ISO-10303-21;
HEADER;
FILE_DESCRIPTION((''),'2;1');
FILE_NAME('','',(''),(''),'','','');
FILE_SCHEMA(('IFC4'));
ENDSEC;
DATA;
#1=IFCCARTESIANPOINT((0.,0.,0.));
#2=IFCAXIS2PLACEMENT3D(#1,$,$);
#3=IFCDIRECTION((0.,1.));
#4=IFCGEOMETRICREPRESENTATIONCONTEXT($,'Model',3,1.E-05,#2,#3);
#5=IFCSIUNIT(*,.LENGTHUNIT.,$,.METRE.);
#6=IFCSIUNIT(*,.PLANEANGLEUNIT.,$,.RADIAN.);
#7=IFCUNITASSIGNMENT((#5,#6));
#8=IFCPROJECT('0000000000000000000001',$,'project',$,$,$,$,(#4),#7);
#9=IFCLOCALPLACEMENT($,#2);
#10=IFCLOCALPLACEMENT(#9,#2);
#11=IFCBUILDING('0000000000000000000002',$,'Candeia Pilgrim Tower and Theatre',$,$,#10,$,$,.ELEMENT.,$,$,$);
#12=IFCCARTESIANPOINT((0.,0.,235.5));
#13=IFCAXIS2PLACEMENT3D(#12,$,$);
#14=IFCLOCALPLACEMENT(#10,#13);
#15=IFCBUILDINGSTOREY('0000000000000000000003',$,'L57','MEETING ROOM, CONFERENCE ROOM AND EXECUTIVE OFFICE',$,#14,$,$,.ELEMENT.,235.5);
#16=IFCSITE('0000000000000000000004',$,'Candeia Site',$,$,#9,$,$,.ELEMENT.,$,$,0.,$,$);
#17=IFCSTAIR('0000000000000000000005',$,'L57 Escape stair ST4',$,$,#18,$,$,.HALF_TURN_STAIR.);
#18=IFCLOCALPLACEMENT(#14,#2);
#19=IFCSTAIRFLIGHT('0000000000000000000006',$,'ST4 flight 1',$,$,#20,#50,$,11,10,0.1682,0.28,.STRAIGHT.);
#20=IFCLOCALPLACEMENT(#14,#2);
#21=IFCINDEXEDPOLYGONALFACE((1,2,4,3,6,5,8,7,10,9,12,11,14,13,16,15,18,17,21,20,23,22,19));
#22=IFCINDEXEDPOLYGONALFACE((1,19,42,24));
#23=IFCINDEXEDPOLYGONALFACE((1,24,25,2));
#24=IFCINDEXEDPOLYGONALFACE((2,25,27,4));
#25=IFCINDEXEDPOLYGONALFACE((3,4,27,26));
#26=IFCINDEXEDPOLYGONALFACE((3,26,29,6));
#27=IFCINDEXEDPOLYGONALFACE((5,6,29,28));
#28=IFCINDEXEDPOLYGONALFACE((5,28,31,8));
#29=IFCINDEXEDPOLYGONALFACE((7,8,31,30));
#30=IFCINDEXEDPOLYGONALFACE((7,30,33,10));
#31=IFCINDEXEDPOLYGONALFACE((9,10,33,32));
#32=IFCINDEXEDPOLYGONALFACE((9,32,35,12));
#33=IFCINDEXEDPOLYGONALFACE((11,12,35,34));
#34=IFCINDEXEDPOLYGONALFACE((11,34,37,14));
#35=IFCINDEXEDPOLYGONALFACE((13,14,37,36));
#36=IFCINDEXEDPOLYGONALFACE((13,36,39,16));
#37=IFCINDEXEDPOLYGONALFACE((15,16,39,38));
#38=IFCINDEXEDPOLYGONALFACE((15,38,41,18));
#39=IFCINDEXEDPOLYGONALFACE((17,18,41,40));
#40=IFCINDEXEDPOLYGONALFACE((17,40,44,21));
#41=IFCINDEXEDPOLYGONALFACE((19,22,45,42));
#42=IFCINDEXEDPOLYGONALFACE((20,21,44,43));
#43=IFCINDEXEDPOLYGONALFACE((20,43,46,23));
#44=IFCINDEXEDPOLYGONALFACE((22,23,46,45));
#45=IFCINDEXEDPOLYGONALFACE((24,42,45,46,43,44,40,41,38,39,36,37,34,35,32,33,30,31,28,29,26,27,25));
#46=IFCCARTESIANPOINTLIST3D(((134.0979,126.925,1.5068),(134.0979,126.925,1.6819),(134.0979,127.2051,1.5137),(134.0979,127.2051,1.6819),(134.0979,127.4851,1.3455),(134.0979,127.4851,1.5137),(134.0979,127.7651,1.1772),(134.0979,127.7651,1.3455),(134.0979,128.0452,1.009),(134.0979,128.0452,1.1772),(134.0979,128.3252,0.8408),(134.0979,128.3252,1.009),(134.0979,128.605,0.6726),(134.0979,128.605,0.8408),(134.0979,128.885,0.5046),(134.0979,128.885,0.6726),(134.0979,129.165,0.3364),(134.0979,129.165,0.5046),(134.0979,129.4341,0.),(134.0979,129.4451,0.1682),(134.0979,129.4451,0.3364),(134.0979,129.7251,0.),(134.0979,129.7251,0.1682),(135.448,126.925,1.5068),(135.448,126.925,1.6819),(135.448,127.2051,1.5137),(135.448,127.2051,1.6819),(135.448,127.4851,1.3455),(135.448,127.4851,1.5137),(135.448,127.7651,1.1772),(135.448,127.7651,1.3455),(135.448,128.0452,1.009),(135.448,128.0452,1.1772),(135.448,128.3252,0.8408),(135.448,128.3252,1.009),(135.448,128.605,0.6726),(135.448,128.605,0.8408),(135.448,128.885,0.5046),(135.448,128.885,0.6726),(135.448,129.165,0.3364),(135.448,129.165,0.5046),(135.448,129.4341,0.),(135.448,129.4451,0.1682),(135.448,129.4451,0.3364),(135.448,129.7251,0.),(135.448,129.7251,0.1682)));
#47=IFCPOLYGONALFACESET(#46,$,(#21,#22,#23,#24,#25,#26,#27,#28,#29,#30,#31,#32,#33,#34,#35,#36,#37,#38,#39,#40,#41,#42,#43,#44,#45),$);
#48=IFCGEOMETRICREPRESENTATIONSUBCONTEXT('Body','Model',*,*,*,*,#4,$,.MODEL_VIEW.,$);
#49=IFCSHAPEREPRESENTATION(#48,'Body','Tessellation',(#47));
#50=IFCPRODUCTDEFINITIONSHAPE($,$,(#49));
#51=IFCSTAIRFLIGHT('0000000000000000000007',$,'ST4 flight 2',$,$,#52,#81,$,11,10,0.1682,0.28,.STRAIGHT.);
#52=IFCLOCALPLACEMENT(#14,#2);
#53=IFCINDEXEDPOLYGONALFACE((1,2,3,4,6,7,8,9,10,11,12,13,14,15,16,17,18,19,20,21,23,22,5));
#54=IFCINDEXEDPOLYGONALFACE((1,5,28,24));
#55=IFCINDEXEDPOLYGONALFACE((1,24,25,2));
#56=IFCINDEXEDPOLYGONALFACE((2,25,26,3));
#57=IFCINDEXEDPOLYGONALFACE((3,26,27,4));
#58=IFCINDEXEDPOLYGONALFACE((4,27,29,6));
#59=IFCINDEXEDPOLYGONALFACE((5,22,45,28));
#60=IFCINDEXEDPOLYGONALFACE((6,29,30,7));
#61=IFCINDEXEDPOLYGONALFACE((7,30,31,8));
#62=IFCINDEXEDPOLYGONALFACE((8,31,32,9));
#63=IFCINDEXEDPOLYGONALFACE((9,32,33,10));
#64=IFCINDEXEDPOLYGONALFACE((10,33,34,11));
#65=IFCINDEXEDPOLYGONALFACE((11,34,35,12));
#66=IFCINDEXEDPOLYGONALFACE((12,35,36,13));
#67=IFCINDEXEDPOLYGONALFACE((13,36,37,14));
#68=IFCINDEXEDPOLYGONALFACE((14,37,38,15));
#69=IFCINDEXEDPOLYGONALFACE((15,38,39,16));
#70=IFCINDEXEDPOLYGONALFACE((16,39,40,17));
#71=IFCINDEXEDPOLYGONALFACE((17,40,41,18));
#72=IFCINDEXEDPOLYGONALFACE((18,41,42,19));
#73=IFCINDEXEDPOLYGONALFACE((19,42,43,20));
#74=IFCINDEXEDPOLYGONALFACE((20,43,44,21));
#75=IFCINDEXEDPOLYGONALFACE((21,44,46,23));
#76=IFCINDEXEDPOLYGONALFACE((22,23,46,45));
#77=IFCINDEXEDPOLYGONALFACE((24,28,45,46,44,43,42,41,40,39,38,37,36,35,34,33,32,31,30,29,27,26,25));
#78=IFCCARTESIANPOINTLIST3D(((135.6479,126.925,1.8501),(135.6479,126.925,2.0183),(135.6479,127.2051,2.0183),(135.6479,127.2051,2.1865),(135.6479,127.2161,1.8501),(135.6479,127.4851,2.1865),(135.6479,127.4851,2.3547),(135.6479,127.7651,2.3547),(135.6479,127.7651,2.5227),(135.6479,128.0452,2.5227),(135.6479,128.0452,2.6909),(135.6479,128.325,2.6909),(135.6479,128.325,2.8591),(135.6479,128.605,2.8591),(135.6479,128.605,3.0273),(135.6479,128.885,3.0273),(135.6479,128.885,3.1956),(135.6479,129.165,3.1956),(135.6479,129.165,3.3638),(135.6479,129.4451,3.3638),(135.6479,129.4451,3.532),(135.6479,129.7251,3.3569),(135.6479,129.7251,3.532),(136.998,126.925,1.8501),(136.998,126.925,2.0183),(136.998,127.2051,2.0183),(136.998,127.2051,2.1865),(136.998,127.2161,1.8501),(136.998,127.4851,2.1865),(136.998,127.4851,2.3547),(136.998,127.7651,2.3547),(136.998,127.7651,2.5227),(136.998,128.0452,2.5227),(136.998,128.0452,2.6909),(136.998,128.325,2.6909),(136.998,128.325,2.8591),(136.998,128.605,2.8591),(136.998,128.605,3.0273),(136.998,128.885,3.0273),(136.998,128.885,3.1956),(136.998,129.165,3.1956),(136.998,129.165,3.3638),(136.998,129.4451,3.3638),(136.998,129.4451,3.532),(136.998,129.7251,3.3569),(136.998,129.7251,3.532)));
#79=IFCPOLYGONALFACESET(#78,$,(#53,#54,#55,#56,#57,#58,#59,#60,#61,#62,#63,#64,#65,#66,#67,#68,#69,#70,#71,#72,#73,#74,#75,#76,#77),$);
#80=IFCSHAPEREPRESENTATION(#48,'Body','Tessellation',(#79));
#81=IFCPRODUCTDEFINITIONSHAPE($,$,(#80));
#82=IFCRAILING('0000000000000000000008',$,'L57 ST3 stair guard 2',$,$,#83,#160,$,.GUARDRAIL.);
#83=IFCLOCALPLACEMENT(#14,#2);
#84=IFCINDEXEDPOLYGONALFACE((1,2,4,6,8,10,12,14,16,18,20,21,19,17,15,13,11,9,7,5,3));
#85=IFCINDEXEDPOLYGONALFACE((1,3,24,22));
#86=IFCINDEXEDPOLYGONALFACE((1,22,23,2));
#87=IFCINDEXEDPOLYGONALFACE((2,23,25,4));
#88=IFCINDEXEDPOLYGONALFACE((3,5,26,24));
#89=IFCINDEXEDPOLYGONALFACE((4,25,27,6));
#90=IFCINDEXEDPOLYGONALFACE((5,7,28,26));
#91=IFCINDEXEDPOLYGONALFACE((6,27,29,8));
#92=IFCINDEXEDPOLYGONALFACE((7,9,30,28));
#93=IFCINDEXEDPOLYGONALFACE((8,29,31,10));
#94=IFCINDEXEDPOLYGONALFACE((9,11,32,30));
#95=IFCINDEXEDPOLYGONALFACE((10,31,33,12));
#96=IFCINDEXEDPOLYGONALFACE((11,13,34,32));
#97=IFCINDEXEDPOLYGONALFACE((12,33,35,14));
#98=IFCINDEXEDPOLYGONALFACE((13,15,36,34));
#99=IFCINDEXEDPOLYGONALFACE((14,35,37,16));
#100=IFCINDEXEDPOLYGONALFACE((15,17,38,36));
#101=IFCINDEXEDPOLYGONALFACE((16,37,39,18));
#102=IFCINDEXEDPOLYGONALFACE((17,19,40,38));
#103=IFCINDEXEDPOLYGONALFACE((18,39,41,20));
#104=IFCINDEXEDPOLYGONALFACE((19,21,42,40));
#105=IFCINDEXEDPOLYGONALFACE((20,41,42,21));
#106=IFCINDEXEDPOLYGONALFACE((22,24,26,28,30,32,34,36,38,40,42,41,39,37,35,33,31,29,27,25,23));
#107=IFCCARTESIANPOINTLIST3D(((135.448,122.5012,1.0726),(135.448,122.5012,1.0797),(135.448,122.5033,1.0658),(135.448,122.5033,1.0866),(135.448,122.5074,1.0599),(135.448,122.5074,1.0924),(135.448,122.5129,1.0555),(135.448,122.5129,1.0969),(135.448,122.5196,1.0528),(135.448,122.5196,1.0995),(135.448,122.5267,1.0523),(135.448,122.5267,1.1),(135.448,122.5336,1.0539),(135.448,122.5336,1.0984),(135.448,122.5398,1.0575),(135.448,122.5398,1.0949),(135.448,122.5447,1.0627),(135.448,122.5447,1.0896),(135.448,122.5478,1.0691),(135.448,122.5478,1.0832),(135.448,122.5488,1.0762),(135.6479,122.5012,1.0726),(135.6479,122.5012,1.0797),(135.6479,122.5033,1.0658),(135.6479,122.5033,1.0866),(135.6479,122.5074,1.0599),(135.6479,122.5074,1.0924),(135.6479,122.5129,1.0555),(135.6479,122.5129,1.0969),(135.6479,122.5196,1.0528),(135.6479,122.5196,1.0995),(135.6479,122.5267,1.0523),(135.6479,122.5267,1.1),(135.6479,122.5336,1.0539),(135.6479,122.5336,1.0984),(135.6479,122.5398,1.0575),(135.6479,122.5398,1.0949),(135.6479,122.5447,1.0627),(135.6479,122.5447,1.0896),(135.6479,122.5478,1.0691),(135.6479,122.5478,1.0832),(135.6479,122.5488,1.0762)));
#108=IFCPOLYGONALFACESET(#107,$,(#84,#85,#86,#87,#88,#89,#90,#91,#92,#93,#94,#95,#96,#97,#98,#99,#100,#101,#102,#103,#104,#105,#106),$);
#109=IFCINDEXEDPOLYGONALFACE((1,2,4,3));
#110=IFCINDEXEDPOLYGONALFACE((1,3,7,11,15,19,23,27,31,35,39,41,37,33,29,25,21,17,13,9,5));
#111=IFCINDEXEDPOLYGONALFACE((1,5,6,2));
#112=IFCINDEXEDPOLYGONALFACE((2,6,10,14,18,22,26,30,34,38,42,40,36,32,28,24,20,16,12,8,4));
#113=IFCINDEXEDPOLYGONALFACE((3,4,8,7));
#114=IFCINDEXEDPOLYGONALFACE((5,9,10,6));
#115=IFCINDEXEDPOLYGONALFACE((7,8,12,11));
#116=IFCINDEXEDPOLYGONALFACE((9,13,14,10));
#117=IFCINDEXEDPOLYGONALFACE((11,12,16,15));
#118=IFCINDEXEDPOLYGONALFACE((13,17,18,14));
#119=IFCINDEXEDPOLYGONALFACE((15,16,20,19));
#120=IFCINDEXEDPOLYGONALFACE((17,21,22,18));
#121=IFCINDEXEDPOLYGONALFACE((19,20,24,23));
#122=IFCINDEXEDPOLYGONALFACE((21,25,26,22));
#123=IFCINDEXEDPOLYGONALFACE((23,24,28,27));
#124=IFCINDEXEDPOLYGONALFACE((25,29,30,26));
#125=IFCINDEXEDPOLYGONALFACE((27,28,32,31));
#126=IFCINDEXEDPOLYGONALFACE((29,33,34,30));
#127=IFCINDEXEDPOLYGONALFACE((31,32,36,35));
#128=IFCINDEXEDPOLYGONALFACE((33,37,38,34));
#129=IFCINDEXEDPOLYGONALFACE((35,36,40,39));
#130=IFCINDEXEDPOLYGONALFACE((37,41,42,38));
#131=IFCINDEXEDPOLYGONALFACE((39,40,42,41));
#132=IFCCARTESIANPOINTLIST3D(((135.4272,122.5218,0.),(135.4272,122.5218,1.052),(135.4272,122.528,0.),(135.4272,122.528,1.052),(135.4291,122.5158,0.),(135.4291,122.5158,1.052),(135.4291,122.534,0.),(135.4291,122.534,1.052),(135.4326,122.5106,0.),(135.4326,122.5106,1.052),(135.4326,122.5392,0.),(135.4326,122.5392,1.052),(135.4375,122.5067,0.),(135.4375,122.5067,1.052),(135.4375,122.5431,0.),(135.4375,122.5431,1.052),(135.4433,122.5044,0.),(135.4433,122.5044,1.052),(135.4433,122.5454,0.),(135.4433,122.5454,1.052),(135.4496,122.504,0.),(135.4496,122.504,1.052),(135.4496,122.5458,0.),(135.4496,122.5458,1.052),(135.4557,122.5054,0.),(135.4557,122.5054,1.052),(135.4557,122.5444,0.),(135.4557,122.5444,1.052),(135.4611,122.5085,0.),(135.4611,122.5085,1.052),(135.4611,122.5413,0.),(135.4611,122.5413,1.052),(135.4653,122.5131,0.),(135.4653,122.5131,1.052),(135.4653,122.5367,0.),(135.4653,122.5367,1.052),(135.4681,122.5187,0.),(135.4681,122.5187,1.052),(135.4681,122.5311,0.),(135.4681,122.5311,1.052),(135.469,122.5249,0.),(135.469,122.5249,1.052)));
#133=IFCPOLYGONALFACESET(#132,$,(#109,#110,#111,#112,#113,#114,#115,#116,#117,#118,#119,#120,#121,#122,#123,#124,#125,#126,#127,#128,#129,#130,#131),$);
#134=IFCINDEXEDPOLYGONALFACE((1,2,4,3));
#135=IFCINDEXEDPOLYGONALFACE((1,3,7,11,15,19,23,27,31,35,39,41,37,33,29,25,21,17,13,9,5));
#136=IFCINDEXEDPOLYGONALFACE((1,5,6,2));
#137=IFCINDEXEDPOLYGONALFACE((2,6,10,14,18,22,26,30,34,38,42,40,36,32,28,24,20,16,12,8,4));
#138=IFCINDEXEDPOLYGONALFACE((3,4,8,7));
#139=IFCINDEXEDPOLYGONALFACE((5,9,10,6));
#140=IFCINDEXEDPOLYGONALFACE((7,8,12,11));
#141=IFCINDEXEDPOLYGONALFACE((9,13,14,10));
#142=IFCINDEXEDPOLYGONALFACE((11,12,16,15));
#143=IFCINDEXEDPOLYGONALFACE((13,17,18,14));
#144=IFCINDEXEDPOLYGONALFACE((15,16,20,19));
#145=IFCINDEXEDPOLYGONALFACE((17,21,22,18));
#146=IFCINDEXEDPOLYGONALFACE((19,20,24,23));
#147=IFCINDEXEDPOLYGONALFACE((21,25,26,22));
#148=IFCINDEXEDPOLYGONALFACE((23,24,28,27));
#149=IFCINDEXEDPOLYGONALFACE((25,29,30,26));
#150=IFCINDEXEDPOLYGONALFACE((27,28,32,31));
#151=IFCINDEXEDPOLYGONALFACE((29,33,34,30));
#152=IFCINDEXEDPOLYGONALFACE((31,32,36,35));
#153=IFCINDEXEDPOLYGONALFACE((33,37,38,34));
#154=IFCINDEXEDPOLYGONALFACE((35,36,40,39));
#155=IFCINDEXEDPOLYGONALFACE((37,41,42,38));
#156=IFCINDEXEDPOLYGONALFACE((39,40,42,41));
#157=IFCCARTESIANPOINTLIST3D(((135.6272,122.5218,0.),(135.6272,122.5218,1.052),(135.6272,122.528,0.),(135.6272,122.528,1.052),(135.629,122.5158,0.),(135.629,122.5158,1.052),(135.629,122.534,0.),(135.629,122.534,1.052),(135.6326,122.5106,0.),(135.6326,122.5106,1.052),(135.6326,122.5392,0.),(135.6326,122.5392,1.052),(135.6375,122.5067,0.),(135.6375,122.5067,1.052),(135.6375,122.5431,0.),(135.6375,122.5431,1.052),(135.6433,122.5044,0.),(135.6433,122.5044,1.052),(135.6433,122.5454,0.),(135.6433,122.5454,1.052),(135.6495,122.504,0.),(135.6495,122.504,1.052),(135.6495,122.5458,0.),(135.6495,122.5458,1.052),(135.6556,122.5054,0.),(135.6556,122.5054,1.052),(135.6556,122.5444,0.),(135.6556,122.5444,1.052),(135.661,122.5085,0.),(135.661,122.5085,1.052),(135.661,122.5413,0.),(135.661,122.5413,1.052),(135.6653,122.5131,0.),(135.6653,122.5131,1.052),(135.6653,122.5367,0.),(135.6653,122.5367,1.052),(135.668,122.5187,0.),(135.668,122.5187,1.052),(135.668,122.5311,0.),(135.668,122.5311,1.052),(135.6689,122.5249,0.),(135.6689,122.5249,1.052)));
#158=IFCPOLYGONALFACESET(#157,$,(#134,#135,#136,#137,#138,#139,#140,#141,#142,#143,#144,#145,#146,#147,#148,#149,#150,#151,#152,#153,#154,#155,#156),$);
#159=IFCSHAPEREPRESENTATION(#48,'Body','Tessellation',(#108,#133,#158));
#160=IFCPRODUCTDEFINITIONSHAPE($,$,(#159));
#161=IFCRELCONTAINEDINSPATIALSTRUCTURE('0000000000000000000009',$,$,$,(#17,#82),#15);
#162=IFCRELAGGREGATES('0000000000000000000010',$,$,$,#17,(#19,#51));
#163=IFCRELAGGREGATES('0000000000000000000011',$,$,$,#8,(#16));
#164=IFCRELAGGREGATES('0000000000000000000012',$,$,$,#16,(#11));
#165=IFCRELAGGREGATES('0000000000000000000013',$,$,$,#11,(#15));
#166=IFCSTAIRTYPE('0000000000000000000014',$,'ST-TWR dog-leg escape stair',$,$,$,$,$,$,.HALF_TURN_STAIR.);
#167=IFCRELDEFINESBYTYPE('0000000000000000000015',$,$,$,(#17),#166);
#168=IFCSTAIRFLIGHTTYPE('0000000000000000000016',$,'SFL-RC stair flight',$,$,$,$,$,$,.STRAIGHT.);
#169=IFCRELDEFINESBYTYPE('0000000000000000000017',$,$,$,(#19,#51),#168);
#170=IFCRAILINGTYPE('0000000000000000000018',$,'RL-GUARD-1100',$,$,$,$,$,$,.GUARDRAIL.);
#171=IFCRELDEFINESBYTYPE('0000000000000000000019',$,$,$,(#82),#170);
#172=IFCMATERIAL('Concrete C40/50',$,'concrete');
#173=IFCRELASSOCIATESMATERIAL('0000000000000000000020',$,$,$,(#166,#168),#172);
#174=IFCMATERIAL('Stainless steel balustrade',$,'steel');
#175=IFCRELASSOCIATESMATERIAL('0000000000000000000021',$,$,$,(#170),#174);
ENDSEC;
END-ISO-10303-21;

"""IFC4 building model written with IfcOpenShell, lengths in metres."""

from ifc_helpers import new_model, si_unit, direction, frame, origin, origin_2d, place, context, subcontext, project, spatial, polyline, circle, outline, extrude, material, type_object, element, aggregate, save


model = new_model("IFC4")

# Units and contexts
model_context = context("Model", 3, precision=1e-05, world=origin(), true_north=direction((0.0, 1.0)))
body_context = subcontext(model_context, "Body", "Model", "MODEL_VIEW")
ifc_project = project(units=[si_unit("LENGTHUNIT", "METRE"), si_unit("PLANEANGLEUNIT", "RADIAN")], contexts=[model_context])

# Site, building, storey
site_placement = place(None, origin())
site = spatial("IfcSite", under=ifc_project, at=site_placement, Name="Candeia Site", CompositionType="ELEMENT", RefElevation=0.0)
building_placement = place(site_placement, origin())
building = spatial("IfcBuilding", under=site, at=building_placement, Name="Candeia Pilgrim Tower and Theatre", CompositionType="ELEMENT")
storey_placement = place(building_placement, frame((0.0, 0.0, 235.5)))
storey = spatial("IfcBuildingStorey", under=building, at=storey_placement, Name="L57", Description="MEETING ROOM, CONFERENCE ROOM AND EXECUTIVE OFFICE", CompositionType="ELEMENT", Elevation=235.5)

# Shared definitions
ifc_material_1 = material(Name="Concrete C40/50", Category="concrete")

# Stair, stair flights
stair_type = type_object("IfcStairType", Name="ST-TWR dog-leg escape stair", PredefinedType="HALF_TURN_STAIR", material=ifc_material_1)
stair_flight_type = type_object("IfcStairFlightType", Name="SFL-RC stair flight", PredefinedType="STRAIGHT", material=ifc_material_1)
stair_1_placement = place(storey_placement, origin())
stair_1 = element("IfcStair", 1, at=stair_1_placement, inside=storey, type_object=stair_type, Name="L57 Escape stair ST4", PredefinedType="HALF_TURN_STAIR")
stair_flight_1_placement = place(storey_placement, frame((134.7729, 129.7251, 0.0), z_axis=(0.0, 0.0, 1.0), x_axis=(0.0, -1.0, 0.0)))
stair_flight_1 = element("IfcStairFlight", 2, at=stair_flight_1_placement, type_object=stair_flight_type, Name="ST4 flight 1", NumberOfRisers=11, NumberOfTreads=10, PredefinedType="STRAIGHT", RiserHeight=0.1682, TreadLength=0.28, context=body_context, shape_type="SweptSolid", body=[
    extrude(outline(polyline([(0.0, 0.0), (0.0, 0.1682), (0.28, 0.1682), (0.28, 0.3364), (0.5601, 0.3364), (0.5601, 0.5046), (0.8401, 0.5046), (0.8401, 0.6726), (1.1201, 0.6726), (1.1201, 0.8408), (1.3999, 0.8408), (1.3999, 1.009), (1.6799, 1.009), (1.6799, 1.1772), (1.96, 1.1772), (1.96, 1.3455), (2.24, 1.3455), (2.24, 1.5137), (2.52, 1.5137), (2.52, 1.6819), (2.8, 1.6819), (2.8, 1.8501), (2.8, 1.5068), (0.291, 0.0), (0.0, 0.0)])), frame((0.0, 0.675, 0.0), z_axis=(0.0, -1.0, 0.0), x_axis=(1.0, 0.0, 0.0)), (0.0, 0.0, 1.0), 1.3501),
])
stair_flight_2_placement = place(storey_placement, frame((136.323, 126.925, 1.8501), z_axis=(0.0, 0.0, 1.0), x_axis=(0.0, 1.0, 0.0)))
stair_flight_2 = element("IfcStairFlight", 3, at=stair_flight_2_placement, type_object=stair_flight_type, Name="ST4 flight 2", NumberOfRisers=11, NumberOfTreads=10, PredefinedType="STRAIGHT", RiserHeight=0.1682, TreadLength=0.28, context=body_context, shape_type="SweptSolid", body=[
    extrude(outline(polyline([(0.0, 0.0), (0.0, 0.1682), (0.28, 0.1682), (0.28, 0.3364), (0.5601, 0.3364), (0.5601, 0.5046), (0.8401, 0.5046), (0.8401, 0.6726), (1.1201, 0.6726), (1.1201, 0.8408), (1.3999, 0.8408), (1.3999, 1.009), (1.6799, 1.009), (1.6799, 1.1772), (1.96, 1.1772), (1.96, 1.3455), (2.24, 1.3455), (2.24, 1.5137), (2.52, 1.5137), (2.52, 1.6819), (2.8, 1.6819), (2.8, 1.8501), (2.8, 1.5068), (0.291, 0.0), (0.0, 0.0)])), frame((0.0, 0.675, 0.0), z_axis=(0.0, -1.0, 0.0), x_axis=(1.0, 0.0, 0.0)), (0.0, 0.0, 1.0), 1.3501),
])
aggregate(stair_1, [stair_flight_1, stair_flight_2])

# Railing
ifc_material_2 = material(Name="Stainless steel balustrade", Category="steel")
railing_type_1 = type_object("IfcRailingType", Name="RL-GUARD-1100", PredefinedType="GUARDRAIL", material=ifc_material_2)
railing_1_placement = place(storey_placement, frame((135.448, 122.5249, 0.0)))
element("IfcRailing", 4, at=railing_1_placement, inside=storey, type_object=railing_type_1, Name="L57 ST3 stair guard 2", PredefinedType="GUARDRAIL", context=body_context, shape_type="SweptSolid", body=[
    extrude(circle(Radius=0.0239, at=origin_2d()), frame((0.0, 0.0, 1.0762), z_axis=(1.0, 0.0, 0.0), x_axis=(0.0, 1.0, 0.0)), (0.0, 0.0, 1.0), 0.2),
    extrude(circle(Radius=0.021, at=origin_2d()), origin(), (0.0, 0.0, 1.0), 1.052),
    extrude(circle(Radius=0.021, at=origin_2d()), frame((0.2, 0.0, 0.0)), (0.0, 0.0, 1.0), 1.052),
])

save(model, "model.ifc")
